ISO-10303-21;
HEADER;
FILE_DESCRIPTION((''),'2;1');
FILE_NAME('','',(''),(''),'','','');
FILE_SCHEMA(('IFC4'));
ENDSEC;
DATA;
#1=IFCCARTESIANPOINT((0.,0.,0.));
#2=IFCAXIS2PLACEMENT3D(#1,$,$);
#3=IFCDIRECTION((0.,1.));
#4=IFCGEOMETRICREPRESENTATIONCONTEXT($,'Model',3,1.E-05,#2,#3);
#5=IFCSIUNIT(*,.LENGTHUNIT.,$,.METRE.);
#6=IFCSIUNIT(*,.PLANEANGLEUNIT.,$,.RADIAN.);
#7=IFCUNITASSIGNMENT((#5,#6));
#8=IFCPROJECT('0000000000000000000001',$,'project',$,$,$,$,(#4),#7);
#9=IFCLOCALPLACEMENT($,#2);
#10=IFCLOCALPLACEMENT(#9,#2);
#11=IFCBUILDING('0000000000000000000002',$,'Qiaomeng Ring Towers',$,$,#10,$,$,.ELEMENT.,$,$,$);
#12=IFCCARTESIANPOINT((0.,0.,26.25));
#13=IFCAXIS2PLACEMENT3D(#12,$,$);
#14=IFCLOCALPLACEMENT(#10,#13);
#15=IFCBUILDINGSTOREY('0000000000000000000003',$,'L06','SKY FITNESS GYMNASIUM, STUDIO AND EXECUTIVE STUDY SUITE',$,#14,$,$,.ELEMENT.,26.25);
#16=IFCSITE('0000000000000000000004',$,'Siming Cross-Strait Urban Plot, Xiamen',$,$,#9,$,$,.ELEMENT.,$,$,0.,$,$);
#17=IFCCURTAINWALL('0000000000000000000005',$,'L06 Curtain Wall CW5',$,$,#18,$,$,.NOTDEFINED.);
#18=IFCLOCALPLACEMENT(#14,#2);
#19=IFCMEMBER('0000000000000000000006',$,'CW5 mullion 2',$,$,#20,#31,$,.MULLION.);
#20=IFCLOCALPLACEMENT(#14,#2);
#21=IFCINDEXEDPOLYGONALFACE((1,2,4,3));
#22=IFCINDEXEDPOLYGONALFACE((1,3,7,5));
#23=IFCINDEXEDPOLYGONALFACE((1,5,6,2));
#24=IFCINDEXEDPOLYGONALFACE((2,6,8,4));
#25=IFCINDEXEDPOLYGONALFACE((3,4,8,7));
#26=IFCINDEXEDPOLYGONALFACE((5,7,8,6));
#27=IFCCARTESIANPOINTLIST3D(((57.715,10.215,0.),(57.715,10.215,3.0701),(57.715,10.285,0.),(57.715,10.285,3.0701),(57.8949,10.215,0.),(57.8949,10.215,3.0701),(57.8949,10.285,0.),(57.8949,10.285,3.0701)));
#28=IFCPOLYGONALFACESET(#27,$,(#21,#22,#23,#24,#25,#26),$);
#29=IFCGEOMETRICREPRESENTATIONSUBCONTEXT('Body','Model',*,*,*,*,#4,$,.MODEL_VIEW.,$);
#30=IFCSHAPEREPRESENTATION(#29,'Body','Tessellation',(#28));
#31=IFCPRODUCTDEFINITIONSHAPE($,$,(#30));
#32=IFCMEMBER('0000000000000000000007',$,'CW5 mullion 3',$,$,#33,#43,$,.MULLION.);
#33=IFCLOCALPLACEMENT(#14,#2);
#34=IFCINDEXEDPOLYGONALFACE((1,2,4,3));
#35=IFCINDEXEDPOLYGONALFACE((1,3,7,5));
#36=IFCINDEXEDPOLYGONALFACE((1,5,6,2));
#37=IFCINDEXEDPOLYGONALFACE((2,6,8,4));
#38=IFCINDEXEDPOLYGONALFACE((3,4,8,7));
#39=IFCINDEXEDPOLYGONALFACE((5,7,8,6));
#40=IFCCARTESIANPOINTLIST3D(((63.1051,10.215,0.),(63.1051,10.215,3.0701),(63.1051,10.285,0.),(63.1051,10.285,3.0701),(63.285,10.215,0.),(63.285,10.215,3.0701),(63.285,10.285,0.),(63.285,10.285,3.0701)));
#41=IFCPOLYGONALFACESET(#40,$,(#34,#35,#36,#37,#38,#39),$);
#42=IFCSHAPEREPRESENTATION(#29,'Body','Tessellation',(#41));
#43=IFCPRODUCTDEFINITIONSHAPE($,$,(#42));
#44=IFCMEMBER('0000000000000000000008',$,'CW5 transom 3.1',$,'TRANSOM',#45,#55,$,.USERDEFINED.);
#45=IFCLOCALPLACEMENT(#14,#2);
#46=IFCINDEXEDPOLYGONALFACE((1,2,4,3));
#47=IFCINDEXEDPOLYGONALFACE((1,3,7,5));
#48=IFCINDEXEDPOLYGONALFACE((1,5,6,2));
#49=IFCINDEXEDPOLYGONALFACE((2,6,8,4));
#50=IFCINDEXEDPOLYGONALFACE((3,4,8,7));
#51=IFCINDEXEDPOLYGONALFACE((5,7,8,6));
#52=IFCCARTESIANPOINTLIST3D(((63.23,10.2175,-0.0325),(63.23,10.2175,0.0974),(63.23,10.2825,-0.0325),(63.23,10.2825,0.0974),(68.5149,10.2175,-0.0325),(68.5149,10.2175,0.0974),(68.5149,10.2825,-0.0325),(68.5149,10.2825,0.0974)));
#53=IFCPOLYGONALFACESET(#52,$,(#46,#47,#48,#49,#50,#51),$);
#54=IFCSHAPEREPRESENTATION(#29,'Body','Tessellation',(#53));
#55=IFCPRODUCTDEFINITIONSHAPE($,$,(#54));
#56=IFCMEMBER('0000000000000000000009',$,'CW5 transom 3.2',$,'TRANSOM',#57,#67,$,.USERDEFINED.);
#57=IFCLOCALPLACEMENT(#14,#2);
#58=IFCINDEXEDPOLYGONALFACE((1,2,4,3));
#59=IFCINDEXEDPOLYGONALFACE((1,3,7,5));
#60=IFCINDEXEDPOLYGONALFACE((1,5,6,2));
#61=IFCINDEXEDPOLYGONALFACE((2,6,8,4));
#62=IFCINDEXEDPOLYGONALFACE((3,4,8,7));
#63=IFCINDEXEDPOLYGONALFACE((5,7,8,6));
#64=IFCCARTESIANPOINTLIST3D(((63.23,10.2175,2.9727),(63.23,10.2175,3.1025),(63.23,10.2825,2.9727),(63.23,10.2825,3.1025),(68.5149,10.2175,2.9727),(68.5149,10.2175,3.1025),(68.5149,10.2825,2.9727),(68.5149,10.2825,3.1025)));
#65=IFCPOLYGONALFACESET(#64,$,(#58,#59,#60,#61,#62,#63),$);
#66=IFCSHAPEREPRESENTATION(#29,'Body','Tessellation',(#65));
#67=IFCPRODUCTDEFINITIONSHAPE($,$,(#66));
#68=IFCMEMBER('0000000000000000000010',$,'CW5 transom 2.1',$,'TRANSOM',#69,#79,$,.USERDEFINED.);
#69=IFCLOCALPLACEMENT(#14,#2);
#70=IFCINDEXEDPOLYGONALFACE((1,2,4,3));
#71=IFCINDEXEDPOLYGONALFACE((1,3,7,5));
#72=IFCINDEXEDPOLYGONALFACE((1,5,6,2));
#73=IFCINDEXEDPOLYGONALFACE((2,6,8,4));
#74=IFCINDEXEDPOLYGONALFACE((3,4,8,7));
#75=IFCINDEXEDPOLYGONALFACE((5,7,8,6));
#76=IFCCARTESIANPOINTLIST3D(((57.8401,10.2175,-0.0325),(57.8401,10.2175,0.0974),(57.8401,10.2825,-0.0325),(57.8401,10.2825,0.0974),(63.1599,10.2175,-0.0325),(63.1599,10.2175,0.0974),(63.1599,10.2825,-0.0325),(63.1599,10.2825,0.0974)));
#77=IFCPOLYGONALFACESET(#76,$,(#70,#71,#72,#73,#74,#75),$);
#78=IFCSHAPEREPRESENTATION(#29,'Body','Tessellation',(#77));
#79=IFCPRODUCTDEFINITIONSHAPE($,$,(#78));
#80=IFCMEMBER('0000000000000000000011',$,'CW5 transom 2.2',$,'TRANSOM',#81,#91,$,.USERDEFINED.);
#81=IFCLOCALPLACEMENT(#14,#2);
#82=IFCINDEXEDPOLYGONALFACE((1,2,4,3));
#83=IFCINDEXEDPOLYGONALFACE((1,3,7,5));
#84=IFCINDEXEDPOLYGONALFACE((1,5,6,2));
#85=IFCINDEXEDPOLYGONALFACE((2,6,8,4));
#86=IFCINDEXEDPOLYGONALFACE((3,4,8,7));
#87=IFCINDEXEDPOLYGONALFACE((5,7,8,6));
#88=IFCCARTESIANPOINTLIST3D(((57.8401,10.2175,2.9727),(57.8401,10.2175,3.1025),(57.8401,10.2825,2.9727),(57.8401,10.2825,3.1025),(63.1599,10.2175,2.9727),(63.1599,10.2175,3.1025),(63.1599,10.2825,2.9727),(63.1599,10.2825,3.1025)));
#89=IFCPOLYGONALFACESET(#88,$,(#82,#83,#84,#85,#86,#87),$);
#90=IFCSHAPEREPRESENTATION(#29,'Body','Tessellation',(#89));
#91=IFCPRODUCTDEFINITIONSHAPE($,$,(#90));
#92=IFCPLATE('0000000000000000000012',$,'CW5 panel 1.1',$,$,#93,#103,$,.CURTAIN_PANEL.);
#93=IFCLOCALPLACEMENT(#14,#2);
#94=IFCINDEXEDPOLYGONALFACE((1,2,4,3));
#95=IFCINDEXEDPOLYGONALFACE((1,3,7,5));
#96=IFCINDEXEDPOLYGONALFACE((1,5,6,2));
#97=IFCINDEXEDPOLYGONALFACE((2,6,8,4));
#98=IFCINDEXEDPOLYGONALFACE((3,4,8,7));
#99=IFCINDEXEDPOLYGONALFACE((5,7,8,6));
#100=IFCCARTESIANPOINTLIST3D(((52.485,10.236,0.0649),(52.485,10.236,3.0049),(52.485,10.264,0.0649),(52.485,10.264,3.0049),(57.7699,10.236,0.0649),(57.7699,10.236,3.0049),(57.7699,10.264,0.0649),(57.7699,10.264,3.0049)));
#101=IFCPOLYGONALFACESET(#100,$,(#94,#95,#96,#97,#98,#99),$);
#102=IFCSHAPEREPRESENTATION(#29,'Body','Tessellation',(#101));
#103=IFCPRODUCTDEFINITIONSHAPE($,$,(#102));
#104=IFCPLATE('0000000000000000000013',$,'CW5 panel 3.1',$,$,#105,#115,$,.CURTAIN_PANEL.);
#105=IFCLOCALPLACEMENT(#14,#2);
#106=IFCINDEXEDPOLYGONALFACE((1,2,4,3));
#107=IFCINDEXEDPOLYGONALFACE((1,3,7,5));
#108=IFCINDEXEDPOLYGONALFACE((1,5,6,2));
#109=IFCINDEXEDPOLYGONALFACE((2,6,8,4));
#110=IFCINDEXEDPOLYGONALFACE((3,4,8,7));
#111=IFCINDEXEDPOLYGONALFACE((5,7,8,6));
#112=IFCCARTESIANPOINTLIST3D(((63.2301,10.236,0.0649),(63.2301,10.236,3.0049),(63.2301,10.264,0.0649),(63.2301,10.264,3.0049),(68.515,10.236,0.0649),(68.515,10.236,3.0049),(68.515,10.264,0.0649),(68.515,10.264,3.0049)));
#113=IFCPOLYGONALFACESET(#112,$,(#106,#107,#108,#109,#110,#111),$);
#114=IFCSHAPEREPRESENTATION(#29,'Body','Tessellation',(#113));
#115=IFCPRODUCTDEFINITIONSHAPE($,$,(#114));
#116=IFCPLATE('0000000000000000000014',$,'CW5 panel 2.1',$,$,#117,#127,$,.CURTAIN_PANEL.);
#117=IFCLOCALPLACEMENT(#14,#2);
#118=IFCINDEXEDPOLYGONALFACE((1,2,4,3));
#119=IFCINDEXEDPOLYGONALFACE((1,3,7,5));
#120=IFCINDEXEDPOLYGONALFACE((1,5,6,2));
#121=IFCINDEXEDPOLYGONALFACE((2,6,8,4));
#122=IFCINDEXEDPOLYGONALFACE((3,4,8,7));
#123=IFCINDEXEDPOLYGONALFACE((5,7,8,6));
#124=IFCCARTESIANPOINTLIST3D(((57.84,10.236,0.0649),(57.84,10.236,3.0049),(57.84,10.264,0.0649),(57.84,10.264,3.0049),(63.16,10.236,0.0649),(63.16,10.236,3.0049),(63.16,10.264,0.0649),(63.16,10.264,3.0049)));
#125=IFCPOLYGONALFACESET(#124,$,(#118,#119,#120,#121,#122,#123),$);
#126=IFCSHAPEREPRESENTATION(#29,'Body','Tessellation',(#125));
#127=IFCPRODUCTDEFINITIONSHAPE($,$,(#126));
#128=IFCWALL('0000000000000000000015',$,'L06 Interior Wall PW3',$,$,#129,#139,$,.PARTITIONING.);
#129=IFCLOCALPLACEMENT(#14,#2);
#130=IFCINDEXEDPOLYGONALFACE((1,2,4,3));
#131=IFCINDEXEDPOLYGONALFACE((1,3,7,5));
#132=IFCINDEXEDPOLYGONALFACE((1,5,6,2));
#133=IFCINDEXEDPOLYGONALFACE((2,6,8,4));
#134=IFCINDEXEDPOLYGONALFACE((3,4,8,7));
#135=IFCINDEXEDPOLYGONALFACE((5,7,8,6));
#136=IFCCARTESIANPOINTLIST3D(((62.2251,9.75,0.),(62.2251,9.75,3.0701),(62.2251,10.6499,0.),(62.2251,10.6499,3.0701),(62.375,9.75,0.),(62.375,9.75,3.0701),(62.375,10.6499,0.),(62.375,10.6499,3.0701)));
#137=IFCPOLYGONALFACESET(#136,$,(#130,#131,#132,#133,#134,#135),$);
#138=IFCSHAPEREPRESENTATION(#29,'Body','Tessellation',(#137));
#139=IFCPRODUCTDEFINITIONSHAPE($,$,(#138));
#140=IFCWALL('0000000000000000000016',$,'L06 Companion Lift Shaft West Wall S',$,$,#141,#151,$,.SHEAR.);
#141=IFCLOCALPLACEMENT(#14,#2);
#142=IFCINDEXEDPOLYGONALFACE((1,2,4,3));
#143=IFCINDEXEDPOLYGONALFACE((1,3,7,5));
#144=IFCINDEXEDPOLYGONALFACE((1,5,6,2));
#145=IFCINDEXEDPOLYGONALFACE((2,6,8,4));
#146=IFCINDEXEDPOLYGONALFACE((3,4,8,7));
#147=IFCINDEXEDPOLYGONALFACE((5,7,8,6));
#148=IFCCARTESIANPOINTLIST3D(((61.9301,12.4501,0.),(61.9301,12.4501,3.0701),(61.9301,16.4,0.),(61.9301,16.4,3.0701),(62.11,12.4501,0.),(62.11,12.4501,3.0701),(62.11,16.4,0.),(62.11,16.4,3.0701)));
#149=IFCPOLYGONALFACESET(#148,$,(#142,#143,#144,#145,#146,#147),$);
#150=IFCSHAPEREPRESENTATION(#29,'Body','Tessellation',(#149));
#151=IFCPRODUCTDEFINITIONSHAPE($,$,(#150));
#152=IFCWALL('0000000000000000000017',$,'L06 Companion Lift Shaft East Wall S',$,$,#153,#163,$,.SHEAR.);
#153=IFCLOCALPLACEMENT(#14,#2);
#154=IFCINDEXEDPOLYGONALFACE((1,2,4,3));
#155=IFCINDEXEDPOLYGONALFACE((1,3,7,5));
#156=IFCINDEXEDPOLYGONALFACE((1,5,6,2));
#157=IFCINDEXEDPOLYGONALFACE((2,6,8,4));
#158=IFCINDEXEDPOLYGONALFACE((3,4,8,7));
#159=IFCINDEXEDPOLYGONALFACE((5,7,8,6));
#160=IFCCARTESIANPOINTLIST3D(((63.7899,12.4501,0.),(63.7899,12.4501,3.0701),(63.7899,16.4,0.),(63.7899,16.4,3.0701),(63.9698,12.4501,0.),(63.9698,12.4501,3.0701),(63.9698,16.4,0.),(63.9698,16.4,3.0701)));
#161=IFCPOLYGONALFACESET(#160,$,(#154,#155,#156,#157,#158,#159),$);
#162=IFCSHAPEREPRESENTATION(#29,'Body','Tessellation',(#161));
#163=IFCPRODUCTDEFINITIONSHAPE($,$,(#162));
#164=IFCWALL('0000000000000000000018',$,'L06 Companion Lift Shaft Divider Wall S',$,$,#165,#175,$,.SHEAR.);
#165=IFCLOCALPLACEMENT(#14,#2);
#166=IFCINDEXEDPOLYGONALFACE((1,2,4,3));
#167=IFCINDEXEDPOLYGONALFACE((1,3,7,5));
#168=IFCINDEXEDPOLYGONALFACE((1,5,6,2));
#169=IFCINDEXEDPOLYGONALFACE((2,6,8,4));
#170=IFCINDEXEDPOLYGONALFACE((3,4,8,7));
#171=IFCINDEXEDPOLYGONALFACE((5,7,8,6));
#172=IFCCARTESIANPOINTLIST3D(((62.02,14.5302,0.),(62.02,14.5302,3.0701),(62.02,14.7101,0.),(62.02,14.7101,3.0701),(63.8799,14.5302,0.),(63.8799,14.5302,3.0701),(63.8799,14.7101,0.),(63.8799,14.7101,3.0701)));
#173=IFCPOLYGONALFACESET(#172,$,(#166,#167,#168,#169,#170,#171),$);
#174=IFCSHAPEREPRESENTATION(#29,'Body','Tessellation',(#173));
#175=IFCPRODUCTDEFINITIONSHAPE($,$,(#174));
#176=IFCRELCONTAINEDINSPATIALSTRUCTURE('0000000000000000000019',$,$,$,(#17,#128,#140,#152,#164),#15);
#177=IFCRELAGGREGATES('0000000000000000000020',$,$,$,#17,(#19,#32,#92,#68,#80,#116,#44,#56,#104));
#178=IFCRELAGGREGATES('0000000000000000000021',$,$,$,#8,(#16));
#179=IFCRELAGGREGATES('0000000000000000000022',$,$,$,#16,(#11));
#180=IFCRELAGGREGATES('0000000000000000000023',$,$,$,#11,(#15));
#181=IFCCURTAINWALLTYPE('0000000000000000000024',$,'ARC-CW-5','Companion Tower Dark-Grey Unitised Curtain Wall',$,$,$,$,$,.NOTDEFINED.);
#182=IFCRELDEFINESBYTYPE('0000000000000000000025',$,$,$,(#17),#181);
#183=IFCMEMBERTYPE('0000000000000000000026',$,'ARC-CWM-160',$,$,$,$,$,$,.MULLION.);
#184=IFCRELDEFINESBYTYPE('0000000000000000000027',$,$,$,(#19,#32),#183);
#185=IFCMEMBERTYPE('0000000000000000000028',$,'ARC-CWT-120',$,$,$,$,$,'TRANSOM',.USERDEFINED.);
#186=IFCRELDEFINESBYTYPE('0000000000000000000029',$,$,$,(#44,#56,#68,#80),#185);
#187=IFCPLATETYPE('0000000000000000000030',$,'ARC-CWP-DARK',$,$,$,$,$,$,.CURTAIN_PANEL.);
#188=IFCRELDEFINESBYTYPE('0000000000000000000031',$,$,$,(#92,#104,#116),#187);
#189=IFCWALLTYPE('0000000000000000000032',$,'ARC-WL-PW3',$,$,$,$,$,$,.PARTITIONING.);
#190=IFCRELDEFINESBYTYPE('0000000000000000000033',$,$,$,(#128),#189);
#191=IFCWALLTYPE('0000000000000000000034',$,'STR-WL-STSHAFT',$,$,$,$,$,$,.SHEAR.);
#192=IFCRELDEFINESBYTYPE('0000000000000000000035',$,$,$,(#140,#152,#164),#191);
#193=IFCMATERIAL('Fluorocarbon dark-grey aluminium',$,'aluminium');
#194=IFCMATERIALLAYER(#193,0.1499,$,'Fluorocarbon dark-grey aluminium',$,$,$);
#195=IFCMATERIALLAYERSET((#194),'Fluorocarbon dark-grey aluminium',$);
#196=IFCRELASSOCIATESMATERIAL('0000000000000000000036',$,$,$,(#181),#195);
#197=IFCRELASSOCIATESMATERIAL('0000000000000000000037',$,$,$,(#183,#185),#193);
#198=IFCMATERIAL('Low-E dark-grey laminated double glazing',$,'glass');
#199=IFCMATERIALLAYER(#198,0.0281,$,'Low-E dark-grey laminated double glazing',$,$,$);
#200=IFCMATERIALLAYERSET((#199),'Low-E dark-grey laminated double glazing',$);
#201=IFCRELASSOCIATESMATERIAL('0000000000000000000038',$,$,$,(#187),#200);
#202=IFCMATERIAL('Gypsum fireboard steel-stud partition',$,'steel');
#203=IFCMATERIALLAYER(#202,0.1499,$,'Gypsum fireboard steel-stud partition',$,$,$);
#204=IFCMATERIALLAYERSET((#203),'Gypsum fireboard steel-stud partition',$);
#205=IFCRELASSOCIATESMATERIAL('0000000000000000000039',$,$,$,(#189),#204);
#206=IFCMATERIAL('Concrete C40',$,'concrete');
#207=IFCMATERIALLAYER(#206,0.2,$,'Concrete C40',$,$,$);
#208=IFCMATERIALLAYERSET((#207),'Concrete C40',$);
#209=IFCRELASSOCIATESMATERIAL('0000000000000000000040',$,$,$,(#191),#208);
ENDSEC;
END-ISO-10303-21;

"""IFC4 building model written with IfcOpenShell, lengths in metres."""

from ifc_helpers import new_model, si_unit, direction, frame, frame_2d, origin, origin_2d, place, context, subcontext, project, spatial, rectangle, extrude, source, transform, mapped, material, layer, layer_set, material_profile, profile_set, type_object, element, aggregate, save


model = new_model("IFC4")

# Units and contexts
model_context = context("Model", 3, precision=1e-05, world=origin(), true_north=direction((0.0, 1.0)))
body_context = subcontext(model_context, "Body", "Model", "MODEL_VIEW")
ifc_project = project(units=[si_unit("LENGTHUNIT", "METRE"), si_unit("PLANEANGLEUNIT", "RADIAN")], contexts=[model_context])

# Site, building, storey
site_placement = place(None, origin())
site = spatial("IfcSite", under=ifc_project, at=site_placement, Name="Siming Cross-Strait Urban Plot, Xiamen", CompositionType="ELEMENT", RefElevation=0.0)
building_placement = place(site_placement, origin())
building = spatial("IfcBuilding", under=site, at=building_placement, Name="Qiaomeng Ring Towers", CompositionType="ELEMENT")
storey_placement = place(building_placement, frame((0.0, 0.0, 26.25)))
storey = spatial("IfcBuildingStorey", under=building, at=storey_placement, Name="L06", Description="SKY FITNESS GYMNASIUM, STUDIO AND EXECUTIVE STUDY SUITE", CompositionType="ELEMENT", Elevation=26.25)

# Curtain wall, members, plates
ifc_material_1 = material(Name="Fluorocarbon dark-grey aluminium", Category="aluminium")
ifc_layer_1 = layer(ifc_material_1, 0.1499, Name="Fluorocarbon dark-grey aluminium")
ifc_layer_set_1 = layer_set([ifc_layer_1], Name="Fluorocarbon dark-grey aluminium")
curtain_wall_type = type_object("IfcCurtainWallType", Name="ARC-CW-5", Description="Companion Tower Dark-Grey Unitised Curtain Wall", PredefinedType="NOTDEFINED", material=ifc_layer_set_1)
curtain_wall_placement = place(storey_placement, origin())
curtain_wall = element("IfcCurtainWall", 1, at=curtain_wall_placement, inside=storey, type_object=curtain_wall_type, Name="L06 Curtain Wall CW5", PredefinedType="NOTDEFINED")
ifc_material_profile_1 = material_profile(ifc_material_1, rectangle(XDim=0.0701, YDim=0.1799, at=origin_2d()), Name="ALU MULL 70x180")
ifc_profile_set_1 = profile_set([ifc_material_profile_1], Name="Fluorocarbon dark-grey aluminium")
member_type_1 = type_object("IfcMemberType", Name="ARC-CWM-160", PredefinedType="MULLION", material=ifc_profile_set_1)
shared_shape_1 = source(origin(), body_context, "Body", "SweptSolid", [
    extrude(rectangle(XDim=0.0701, YDim=0.1799, at=origin_2d()), origin(), (0.0, 0.0, 1.0), 3.0701),
])
member_1_placement = place(storey_placement, frame((57.8049, 10.25, 0.0), z_axis=(0.0, 0.0, 1.0), x_axis=(0.0, 1.0, 0.0)))
member_1 = element("IfcMember", 2, at=member_1_placement, type_object=member_type_1, Name="CW5 mullion 2", PredefinedType="MULLION", context=body_context, shape_type="MappedRepresentation", body=[
    mapped(shared_shape_1, transform((0.0, 0.0, 0.0), x_axis=(1.0, 0.0, 0.0), y_axis=(0.0, 1.0, 0.0), z_axis=(0.0, 0.0, 1.0), scale=1.0)),
])
member_2_placement = place(storey_placement, frame((63.1951, 10.25, 0.0), z_axis=(0.0, 0.0, 1.0), x_axis=(0.0, 1.0, 0.0)))
member_2 = element("IfcMember", 3, at=member_2_placement, type_object=member_type_1, Name="CW5 mullion 3", PredefinedType="MULLION", context=body_context, shape_type="MappedRepresentation", body=[
    mapped(shared_shape_1, transform((0.0, 0.0, 0.0), x_axis=(1.0, 0.0, 0.0), y_axis=(0.0, 1.0, 0.0), z_axis=(0.0, 0.0, 1.0), scale=1.0)),
])
ifc_material_profile_2 = material_profile(ifc_material_1, rectangle(XDim=0.0649, YDim=0.1299, at=origin_2d()), Name="ALU TRAN 65x130")
ifc_profile_set_2 = profile_set([ifc_material_profile_2], Name="Fluorocarbon dark-grey aluminium")
member_type_2 = type_object("IfcMemberType", Name="ARC-CWT-120", ElementType="TRANSOM", PredefinedType="USERDEFINED", material=ifc_profile_set_2)
shared_shape_2 = source(origin(), body_context, "Body", "SweptSolid", [
    extrude(rectangle(XDim=0.0649, YDim=0.1299, at=origin_2d()), origin(), (0.0, 0.0, 1.0), 5.2849),
])
member_3_placement = place(storey_placement, frame((63.23, 10.25, 0.0325), z_axis=(1.0, 0.0, 0.0), x_axis=(0.0, 1.0, 0.0)))
member_3 = element("IfcMember", 4, at=member_3_placement, type_object=member_type_2, Name="CW5 transom 3.1", ObjectType="TRANSOM", PredefinedType="USERDEFINED", context=body_context, shape_type="MappedRepresentation", body=[
    mapped(shared_shape_2, transform((0.0, 0.0, 0.0), x_axis=(1.0, 0.0, 0.0), y_axis=(0.0, 1.0, 0.0), z_axis=(0.0, 0.0, 1.0), scale=1.0)),
])
member_4_placement = place(storey_placement, frame((63.23, 10.25, 3.0376), z_axis=(1.0, 0.0, 0.0), x_axis=(0.0, 1.0, 0.0)))
member_4 = element("IfcMember", 5, at=member_4_placement, type_object=member_type_2, Name="CW5 transom 3.2", ObjectType="TRANSOM", PredefinedType="USERDEFINED", context=body_context, shape_type="MappedRepresentation", body=[
    mapped(shared_shape_2, transform((0.0, 0.0, 0.0), x_axis=(1.0, 0.0, 0.0), y_axis=(0.0, 1.0, 0.0), z_axis=(0.0, 0.0, 1.0), scale=1.0)),
])
shared_shape_3 = source(origin(), body_context, "Body", "SweptSolid", [
    extrude(rectangle(XDim=0.0649, YDim=0.1299, at=origin_2d()), origin(), (0.0, 0.0, 1.0), 5.3198),
])
member_5_placement = place(storey_placement, frame((57.8401, 10.25, 0.0325), z_axis=(1.0, 0.0, 0.0), x_axis=(0.0, 1.0, 0.0)))
member_5 = element("IfcMember", 6, at=member_5_placement, type_object=member_type_2, Name="CW5 transom 2.1", ObjectType="TRANSOM", PredefinedType="USERDEFINED", context=body_context, shape_type="MappedRepresentation", body=[
    mapped(shared_shape_3, transform((0.0, 0.0, 0.0), x_axis=(1.0, 0.0, 0.0), y_axis=(0.0, 1.0, 0.0), z_axis=(0.0, 0.0, 1.0), scale=1.0)),
])
member_6_placement = place(storey_placement, frame((57.8401, 10.25, 3.0376), z_axis=(1.0, 0.0, 0.0), x_axis=(0.0, 1.0, 0.0)))
member_6 = element("IfcMember", 7, at=member_6_placement, type_object=member_type_2, Name="CW5 transom 2.2", ObjectType="TRANSOM", PredefinedType="USERDEFINED", context=body_context, shape_type="MappedRepresentation", body=[
    mapped(shared_shape_3, transform((0.0, 0.0, 0.0), x_axis=(1.0, 0.0, 0.0), y_axis=(0.0, 1.0, 0.0), z_axis=(0.0, 0.0, 1.0), scale=1.0)),
])
ifc_material_2 = material(Name="Low-E dark-grey laminated double glazing", Category="glass")
ifc_layer_2 = layer(ifc_material_2, 0.0281, Name="Low-E dark-grey laminated double glazing")
ifc_layer_set_2 = layer_set([ifc_layer_2], Name="Low-E dark-grey laminated double glazing")
plate_type = type_object("IfcPlateType", Name="ARC-CWP-DARK", PredefinedType="CURTAIN_PANEL", material=ifc_layer_set_2)
shared_shape_4 = source(origin(), body_context, "Body", "SweptSolid", [
    extrude(rectangle(XDim=5.2849, YDim=0.0281, at=origin_2d()), origin(), (0.0, 0.0, 1.0), 2.9399),
])
plate_1_placement = place(storey_placement, frame((55.1274, 10.25, 0.0649), z_axis=(0.0, 0.0, 1.0), x_axis=(1.0, 0.0, 0.0)))
plate_1 = element("IfcPlate", 8, at=plate_1_placement, type_object=plate_type, Name="CW5 panel 1.1", PredefinedType="CURTAIN_PANEL", context=body_context, shape_type="MappedRepresentation", body=[
    mapped(shared_shape_4, transform((0.0, 0.0, 0.0), x_axis=(1.0, 0.0, 0.0), y_axis=(0.0, 1.0, 0.0), z_axis=(0.0, 0.0, 1.0), scale=1.0)),
])
plate_2_placement = place(storey_placement, frame((65.8726, 10.25, 0.0649), z_axis=(0.0, 0.0, 1.0), x_axis=(1.0, 0.0, 0.0)))
plate_2 = element("IfcPlate", 9, at=plate_2_placement, type_object=plate_type, Name="CW5 panel 3.1", PredefinedType="CURTAIN_PANEL", context=body_context, shape_type="MappedRepresentation", body=[
    mapped(shared_shape_4, transform((0.0, 0.0, 0.0), x_axis=(1.0, 0.0, 0.0), y_axis=(0.0, 1.0, 0.0), z_axis=(0.0, 0.0, 1.0), scale=1.0)),
])
shared_shape_5 = source(origin(), body_context, "Body", "SweptSolid", [
    extrude(rectangle(XDim=5.3201, YDim=0.0281, at=origin_2d()), origin(), (0.0, 0.0, 1.0), 2.9399),
])
plate_3_placement = place(storey_placement, frame((60.5, 10.25, 0.0649), z_axis=(0.0, 0.0, 1.0), x_axis=(1.0, 0.0, 0.0)))
plate_3 = element("IfcPlate", 10, at=plate_3_placement, type_object=plate_type, Name="CW5 panel 2.1", PredefinedType="CURTAIN_PANEL", context=body_context, shape_type="MappedRepresentation", body=[
    mapped(shared_shape_5, transform((0.0, 0.0, 0.0), x_axis=(1.0, 0.0, 0.0), y_axis=(0.0, 1.0, 0.0), z_axis=(0.0, 0.0, 1.0), scale=1.0)),
])
aggregate(curtain_wall, [member_1, member_2, plate_1, member_5, member_6, plate_3, member_3, member_4, plate_2])

# Walls
ifc_material_3 = material(Name="Gypsum fireboard steel-stud partition", Category="steel")
ifc_layer_3 = layer(ifc_material_3, 0.1499, Name="Gypsum fireboard steel-stud partition")
ifc_layer_set_3 = layer_set([ifc_layer_3], Name="Gypsum fireboard steel-stud partition")
wall_type_1 = type_object("IfcWallType", Name="ARC-WL-PW3", PredefinedType="PARTITIONING", material=ifc_layer_set_3)
wall_1_placement = place(storey_placement, frame((62.3, 9.75, 0.0), z_axis=(0.0, 0.0, 1.0), x_axis=(0.0, 1.0, 0.0)))
element("IfcWall", 11, at=wall_1_placement, inside=storey, type_object=wall_type_1, Name="L06 Interior Wall PW3", PredefinedType="PARTITIONING", context=body_context, shape_type="SweptSolid", body=[
    extrude(rectangle(XDim=0.8999, YDim=0.1499, at=frame_2d((0.45, 0.0))), origin(), (0.0, 0.0, 1.0), 3.0701),
])
ifc_material_4 = material(Name="Concrete C40", Category="concrete")
ifc_layer_4 = layer(ifc_material_4, 0.2, Name="Concrete C40")
ifc_layer_set_4 = layer_set([ifc_layer_4], Name="Concrete C40")
wall_type_2 = type_object("IfcWallType", Name="STR-WL-STSHAFT", PredefinedType="SHEAR", material=ifc_layer_set_4)
for number, where, z_axis, x_axis, name in (
    (12, (62.02, 12.45, 0.0), (0.0, 0.0, 1.0), (0.0, 1.0, 0.0), "L06 Companion Lift Shaft West Wall S"),
    (13, (63.8799, 12.45, 0.0), (0.0, 0.0, 1.0), (0.0, 1.0, 0.0), "L06 Companion Lift Shaft East Wall S"),
):
    element("IfcWall", number, at=place(storey_placement, frame(where, z_axis=z_axis, x_axis=x_axis)), inside=storey, type_object=wall_type_2, Name=name, PredefinedType="SHEAR", context=body_context, shape_type="SweptSolid", body=[
        extrude(rectangle(XDim=3.95, YDim=0.1799, at=frame_2d((1.9751, 0.0))), origin(), (0.0, 0.0, 1.0), 3.0701),
    ])
for number, where, z_axis, x_axis, name in (
    (14, (62.02, 14.6201, 0.0), (0.0, 0.0, 1.0), (1.0, 0.0, 0.0), "L06 Companion Lift Shaft Divider Wall S"),
):
    element("IfcWall", number, at=place(storey_placement, frame(where, z_axis=z_axis, x_axis=x_axis)), inside=storey, type_object=wall_type_2, Name=name, PredefinedType="SHEAR", context=body_context, shape_type="SweptSolid", body=[
        extrude(rectangle(XDim=1.8599, YDim=0.1799, at=frame_2d((0.9299, 0.0))), origin(), (0.0, 0.0, 1.0), 3.0701),
    ])

save(model, "model.ifc")
